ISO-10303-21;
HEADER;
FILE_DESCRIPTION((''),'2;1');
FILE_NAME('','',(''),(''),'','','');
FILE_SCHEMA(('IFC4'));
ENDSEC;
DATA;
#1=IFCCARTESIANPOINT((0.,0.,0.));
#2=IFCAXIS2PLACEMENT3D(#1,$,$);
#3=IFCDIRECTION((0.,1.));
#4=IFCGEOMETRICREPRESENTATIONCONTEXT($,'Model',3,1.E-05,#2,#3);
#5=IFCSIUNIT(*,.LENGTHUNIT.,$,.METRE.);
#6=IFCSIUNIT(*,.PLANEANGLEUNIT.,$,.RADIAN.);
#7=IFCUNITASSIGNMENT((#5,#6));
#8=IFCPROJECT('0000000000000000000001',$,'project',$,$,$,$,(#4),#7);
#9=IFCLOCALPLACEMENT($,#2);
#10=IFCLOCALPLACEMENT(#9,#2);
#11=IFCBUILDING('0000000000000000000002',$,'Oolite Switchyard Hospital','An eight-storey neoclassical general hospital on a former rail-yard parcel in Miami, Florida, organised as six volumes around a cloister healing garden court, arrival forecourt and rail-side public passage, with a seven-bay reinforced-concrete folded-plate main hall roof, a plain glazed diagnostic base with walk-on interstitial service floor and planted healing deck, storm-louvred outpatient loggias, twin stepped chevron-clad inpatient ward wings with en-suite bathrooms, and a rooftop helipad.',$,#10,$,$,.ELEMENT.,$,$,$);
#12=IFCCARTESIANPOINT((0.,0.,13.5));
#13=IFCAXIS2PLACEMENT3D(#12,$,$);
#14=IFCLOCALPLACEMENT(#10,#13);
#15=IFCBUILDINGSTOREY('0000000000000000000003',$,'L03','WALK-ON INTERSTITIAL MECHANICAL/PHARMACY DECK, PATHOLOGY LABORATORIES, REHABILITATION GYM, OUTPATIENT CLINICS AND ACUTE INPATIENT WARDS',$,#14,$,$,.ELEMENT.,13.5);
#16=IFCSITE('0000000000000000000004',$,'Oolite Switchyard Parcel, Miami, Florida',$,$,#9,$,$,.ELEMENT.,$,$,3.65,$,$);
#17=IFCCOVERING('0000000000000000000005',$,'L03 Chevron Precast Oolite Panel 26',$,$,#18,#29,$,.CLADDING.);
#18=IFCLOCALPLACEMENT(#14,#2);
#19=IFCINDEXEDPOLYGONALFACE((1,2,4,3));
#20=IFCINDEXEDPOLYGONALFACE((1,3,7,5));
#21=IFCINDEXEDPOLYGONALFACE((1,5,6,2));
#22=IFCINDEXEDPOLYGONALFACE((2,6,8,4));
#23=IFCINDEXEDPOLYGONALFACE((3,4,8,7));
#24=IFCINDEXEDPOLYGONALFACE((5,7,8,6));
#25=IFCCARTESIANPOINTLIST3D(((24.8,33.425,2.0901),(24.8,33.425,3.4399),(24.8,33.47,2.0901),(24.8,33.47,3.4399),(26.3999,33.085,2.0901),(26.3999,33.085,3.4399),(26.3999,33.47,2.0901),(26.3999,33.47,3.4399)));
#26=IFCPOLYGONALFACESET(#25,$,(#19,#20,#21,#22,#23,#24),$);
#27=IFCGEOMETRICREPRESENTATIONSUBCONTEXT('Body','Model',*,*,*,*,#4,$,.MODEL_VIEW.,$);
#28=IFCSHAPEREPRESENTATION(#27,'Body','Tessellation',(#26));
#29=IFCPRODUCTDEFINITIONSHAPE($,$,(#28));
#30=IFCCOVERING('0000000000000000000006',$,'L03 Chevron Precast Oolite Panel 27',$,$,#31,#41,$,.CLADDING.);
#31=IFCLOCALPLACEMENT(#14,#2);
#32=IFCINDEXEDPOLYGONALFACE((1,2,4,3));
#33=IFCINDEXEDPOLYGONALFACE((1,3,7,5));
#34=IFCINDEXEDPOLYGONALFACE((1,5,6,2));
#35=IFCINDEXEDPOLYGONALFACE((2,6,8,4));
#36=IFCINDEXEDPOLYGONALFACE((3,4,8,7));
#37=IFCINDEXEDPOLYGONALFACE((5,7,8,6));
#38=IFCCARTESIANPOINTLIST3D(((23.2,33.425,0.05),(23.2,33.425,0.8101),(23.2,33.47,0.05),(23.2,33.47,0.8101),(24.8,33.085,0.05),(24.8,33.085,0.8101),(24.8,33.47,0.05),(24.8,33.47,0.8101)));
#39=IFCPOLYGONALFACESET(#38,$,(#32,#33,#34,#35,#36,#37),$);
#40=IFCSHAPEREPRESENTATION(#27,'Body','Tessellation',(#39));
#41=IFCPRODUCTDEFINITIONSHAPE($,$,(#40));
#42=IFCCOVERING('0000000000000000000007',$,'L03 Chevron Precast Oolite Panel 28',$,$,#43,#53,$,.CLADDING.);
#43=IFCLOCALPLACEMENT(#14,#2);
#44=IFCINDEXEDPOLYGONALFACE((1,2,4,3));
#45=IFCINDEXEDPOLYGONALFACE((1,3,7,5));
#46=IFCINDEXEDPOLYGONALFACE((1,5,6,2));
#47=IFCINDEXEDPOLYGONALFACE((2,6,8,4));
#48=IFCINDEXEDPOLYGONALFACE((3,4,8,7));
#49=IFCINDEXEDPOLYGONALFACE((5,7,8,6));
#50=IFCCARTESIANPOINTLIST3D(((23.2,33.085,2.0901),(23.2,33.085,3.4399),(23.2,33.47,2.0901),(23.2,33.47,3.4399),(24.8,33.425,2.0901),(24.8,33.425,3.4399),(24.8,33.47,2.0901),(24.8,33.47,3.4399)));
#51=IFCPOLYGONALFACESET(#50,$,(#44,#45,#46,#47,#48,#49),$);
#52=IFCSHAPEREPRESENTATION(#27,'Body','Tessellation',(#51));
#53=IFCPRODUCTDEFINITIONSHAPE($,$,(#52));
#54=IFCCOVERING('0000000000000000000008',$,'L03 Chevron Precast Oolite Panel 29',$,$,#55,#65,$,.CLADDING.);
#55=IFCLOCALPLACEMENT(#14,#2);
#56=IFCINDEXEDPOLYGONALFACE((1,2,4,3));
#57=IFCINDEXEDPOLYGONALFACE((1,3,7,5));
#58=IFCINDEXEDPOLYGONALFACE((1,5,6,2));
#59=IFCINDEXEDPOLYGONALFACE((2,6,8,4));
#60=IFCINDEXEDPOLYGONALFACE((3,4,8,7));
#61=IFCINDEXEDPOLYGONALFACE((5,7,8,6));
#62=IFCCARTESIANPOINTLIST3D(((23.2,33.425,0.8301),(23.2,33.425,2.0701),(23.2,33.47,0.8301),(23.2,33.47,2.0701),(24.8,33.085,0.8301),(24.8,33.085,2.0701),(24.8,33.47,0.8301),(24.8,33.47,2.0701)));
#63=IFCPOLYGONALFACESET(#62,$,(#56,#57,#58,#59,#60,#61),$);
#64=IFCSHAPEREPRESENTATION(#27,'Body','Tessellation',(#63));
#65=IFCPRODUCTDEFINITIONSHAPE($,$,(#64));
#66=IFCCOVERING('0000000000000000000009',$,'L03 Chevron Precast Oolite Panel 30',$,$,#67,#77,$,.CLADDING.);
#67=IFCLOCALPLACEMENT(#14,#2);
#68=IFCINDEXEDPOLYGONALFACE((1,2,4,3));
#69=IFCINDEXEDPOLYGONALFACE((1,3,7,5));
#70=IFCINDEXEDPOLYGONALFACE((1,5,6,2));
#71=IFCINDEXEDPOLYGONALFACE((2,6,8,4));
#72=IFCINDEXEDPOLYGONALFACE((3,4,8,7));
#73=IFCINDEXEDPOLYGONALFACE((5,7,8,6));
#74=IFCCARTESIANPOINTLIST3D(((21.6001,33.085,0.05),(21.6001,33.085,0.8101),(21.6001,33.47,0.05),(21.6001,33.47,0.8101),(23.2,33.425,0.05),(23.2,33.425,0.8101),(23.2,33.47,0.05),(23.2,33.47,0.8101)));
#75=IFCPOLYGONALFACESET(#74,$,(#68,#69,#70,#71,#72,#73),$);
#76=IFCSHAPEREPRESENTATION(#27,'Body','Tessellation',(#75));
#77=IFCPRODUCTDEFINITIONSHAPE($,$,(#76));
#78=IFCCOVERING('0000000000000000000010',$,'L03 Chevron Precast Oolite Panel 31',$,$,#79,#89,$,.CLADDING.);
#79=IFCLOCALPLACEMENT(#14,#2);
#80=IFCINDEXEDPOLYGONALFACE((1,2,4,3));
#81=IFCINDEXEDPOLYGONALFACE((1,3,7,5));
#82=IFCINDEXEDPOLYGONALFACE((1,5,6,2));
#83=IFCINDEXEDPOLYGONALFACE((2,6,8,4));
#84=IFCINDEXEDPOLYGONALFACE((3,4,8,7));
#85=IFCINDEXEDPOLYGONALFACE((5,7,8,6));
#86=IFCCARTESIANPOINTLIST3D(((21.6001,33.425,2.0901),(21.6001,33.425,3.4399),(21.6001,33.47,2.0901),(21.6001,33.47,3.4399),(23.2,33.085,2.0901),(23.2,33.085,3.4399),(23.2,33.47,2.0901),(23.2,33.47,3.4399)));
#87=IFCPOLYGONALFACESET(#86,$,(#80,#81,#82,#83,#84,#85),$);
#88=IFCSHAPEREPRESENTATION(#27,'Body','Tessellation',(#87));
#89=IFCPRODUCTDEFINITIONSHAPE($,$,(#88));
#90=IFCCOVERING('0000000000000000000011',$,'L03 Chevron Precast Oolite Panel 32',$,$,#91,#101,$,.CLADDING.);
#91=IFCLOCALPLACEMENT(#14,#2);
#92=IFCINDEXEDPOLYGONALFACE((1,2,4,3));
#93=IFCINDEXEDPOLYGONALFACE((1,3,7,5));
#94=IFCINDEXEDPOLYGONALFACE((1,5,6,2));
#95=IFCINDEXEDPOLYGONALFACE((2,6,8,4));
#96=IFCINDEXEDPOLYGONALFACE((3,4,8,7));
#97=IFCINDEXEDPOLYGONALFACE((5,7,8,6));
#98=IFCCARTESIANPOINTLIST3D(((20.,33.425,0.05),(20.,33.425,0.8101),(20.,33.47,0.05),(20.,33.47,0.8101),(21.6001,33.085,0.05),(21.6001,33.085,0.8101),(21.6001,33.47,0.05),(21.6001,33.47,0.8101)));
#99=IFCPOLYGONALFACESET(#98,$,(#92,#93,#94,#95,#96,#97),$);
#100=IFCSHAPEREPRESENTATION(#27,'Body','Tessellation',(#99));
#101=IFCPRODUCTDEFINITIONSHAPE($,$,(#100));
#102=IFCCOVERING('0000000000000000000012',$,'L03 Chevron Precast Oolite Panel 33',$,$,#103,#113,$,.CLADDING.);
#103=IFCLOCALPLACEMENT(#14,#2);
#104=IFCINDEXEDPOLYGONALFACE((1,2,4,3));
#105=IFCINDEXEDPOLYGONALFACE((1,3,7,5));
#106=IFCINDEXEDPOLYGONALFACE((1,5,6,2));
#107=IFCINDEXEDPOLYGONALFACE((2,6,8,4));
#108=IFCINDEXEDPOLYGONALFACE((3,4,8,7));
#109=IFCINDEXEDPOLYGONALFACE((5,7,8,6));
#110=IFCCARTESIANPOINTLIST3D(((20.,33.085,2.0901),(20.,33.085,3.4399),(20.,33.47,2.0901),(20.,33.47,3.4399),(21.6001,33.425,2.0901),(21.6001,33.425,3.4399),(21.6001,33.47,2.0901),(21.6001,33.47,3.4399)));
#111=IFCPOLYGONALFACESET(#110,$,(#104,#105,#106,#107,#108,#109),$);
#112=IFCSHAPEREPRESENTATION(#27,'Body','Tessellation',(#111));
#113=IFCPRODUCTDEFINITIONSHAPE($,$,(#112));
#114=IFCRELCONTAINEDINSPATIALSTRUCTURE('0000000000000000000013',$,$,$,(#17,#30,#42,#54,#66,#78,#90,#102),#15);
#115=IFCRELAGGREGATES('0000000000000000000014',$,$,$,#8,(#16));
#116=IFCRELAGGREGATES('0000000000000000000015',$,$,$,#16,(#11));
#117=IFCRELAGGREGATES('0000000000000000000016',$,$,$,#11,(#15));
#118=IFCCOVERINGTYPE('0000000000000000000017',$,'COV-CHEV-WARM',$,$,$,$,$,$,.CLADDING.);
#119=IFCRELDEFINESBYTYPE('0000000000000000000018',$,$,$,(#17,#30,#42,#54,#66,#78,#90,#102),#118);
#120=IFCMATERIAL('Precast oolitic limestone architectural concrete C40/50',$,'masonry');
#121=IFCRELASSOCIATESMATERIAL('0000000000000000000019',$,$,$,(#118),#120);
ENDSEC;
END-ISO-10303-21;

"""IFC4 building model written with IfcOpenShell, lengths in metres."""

from ifc_helpers import new_model, si_unit, direction, frame, origin, place, context, subcontext, project, spatial, polyline, outline, extrude, material, type_object, element, save


model = new_model("IFC4")

# Units and contexts
model_context = context("Model", 3, precision=1e-05, world=origin(), true_north=direction((0.0, 1.0)))
body_context = subcontext(model_context, "Body", "Model", "MODEL_VIEW")
ifc_project = project(units=[si_unit("LENGTHUNIT", "METRE"), si_unit("PLANEANGLEUNIT", "RADIAN")], contexts=[model_context])

# Site, building, storey
site_placement = place(None, origin())
site = spatial("IfcSite", under=ifc_project, at=site_placement, Name="Oolite Switchyard Parcel, Miami, Florida", CompositionType="ELEMENT", RefElevation=3.65)
building_placement = place(site_placement, origin())
building = spatial("IfcBuilding", under=site, at=building_placement, Name="Oolite Switchyard Hospital", Description="An eight-storey neoclassical general hospital on a former rail-yard parcel in Miami, Florida, organised as six volumes around a cloister healing garden court, arrival forecourt and rail-side public passage, with a seven-bay reinforced-concrete folded-plate main hall roof, a plain glazed diagnostic base with walk-on interstitial service floor and planted healing deck, storm-louvred outpatient loggias, twin stepped chevron-clad inpatient ward wings with en-suite bathrooms, and a rooftop helipad.", CompositionType="ELEMENT")
storey_placement = place(building_placement, frame((0.0, 0.0, 13.5)))
storey = spatial("IfcBuildingStorey", under=building, at=storey_placement, Name="L03", Description="WALK-ON INTERSTITIAL MECHANICAL/PHARMACY DECK, PATHOLOGY LABORATORIES, REHABILITATION GYM, OUTPATIENT CLINICS AND ACUTE INPATIENT WARDS", CompositionType="ELEMENT", Elevation=13.5)

# Shared definitions
ifc_material_1 = material(Name="Precast oolitic limestone architectural concrete C40/50", Category="masonry")

# Coverings
covering_type = type_object("IfcCoveringType", Name="COV-CHEV-WARM", PredefinedType="CLADDING", material=ifc_material_1)
covering_1_placement = place(storey_placement, frame((26.3999, 33.47, 2.0901), z_axis=(0.0, 0.0, 1.0), x_axis=(-1.0, 0.0, 0.0)))
element("IfcCovering", 1, at=covering_1_placement, inside=storey, type_object=covering_type, Name="L03 Chevron Precast Oolite Panel 26", PredefinedType="CLADDING", context=body_context, shape_type="SweptSolid", body=[
    extrude(outline(polyline([(0.0, 0.0), (1.5999, 0.0), (1.5999, 0.0449), (0.0, 0.385), (0.0, 0.0)])), origin(), (0.0, 0.0, 1.0), 1.3499),
])
covering_2_placement = place(storey_placement, frame((24.8, 33.47, 0.05), z_axis=(0.0, 0.0, 1.0), x_axis=(-1.0, 0.0, 0.0)))
element("IfcCovering", 2, at=covering_2_placement, inside=storey, type_object=covering_type, Name="L03 Chevron Precast Oolite Panel 27", PredefinedType="CLADDING", context=body_context, shape_type="SweptSolid", body=[
    extrude(outline(polyline([(0.0, 0.0), (1.6001, 0.0), (1.6001, 0.0449), (0.0, 0.385), (0.0, 0.0)])), origin(), (0.0, 0.0, 1.0), 0.76),
])
covering_3_placement = place(storey_placement, frame((24.8, 33.47, 2.0901), z_axis=(0.0, 0.0, 1.0), x_axis=(-1.0, 0.0, 0.0)))
element("IfcCovering", 3, at=covering_3_placement, inside=storey, type_object=covering_type, Name="L03 Chevron Precast Oolite Panel 28", PredefinedType="CLADDING", context=body_context, shape_type="SweptSolid", body=[
    extrude(outline(polyline([(0.0, 0.0), (1.6001, 0.0), (1.6001, 0.385), (0.0, 0.0449), (0.0, 0.0)])), origin(), (0.0, 0.0, 1.0), 1.3499),
])
covering_4_placement = place(storey_placement, frame((24.8, 33.47, 0.8301), z_axis=(0.0, 0.0, 1.0), x_axis=(-1.0, 0.0, 0.0)))
element("IfcCovering", 4, at=covering_4_placement, inside=storey, type_object=covering_type, Name="L03 Chevron Precast Oolite Panel 29", PredefinedType="CLADDING", context=body_context, shape_type="SweptSolid", body=[
    extrude(outline(polyline([(0.0, 0.0), (1.6001, 0.0), (1.6001, 0.0449), (0.0, 0.385), (0.0, 0.0)])), origin(), (0.0, 0.0, 1.0), 1.24),
])
covering_5_placement = place(storey_placement, frame((23.2, 33.47, 0.05), z_axis=(0.0, 0.0, 1.0), x_axis=(-1.0, 0.0, 0.0)))
element("IfcCovering", 5, at=covering_5_placement, inside=storey, type_object=covering_type, Name="L03 Chevron Precast Oolite Panel 30", PredefinedType="CLADDING", context=body_context, shape_type="SweptSolid", body=[
    extrude(outline(polyline([(0.0, 0.0), (1.5999, 0.0), (1.5999, 0.385), (0.0, 0.0449), (0.0, 0.0)])), origin(), (0.0, 0.0, 1.0), 0.76),
])
covering_6_placement = place(storey_placement, frame((23.2, 33.47, 2.0901), z_axis=(0.0, 0.0, 1.0), x_axis=(-1.0, 0.0, 0.0)))
element("IfcCovering", 6, at=covering_6_placement, inside=storey, type_object=covering_type, Name="L03 Chevron Precast Oolite Panel 31", PredefinedType="CLADDING", context=body_context, shape_type="SweptSolid", body=[
    extrude(outline(polyline([(0.0, 0.0), (1.5999, 0.0), (1.5999, 0.0449), (0.0, 0.385), (0.0, 0.0)])), origin(), (0.0, 0.0, 1.0), 1.3499),
])
covering_7_placement = place(storey_placement, frame((21.6001, 33.47, 0.05), z_axis=(0.0, 0.0, 1.0), x_axis=(-1.0, 0.0, 0.0)))
element("IfcCovering", 7, at=covering_7_placement, inside=storey, type_object=covering_type, Name="L03 Chevron Precast Oolite Panel 32", PredefinedType="CLADDING", context=body_context, shape_type="SweptSolid", body=[
    extrude(outline(polyline([(0.0, 0.0), (1.6001, 0.0), (1.6001, 0.0449), (0.0, 0.385), (0.0, 0.0)])), origin(), (0.0, 0.0, 1.0), 0.76),
])
covering_8_placement = place(storey_placement, frame((21.6001, 33.47, 2.0901), z_axis=(0.0, 0.0, 1.0), x_axis=(-1.0, 0.0, 0.0)))
element("IfcCovering", 8, at=covering_8_placement, inside=storey, type_object=covering_type, Name="L03 Chevron Precast Oolite Panel 33", PredefinedType="CLADDING", context=body_context, shape_type="SweptSolid", body=[
    extrude(outline(polyline([(0.0, 0.0), (1.6001, 0.0), (1.6001, 0.385), (0.0, 0.0449), (0.0, 0.0)])), origin(), (0.0, 0.0, 1.0), 1.3499),
])

save(model, "model.ifc")
